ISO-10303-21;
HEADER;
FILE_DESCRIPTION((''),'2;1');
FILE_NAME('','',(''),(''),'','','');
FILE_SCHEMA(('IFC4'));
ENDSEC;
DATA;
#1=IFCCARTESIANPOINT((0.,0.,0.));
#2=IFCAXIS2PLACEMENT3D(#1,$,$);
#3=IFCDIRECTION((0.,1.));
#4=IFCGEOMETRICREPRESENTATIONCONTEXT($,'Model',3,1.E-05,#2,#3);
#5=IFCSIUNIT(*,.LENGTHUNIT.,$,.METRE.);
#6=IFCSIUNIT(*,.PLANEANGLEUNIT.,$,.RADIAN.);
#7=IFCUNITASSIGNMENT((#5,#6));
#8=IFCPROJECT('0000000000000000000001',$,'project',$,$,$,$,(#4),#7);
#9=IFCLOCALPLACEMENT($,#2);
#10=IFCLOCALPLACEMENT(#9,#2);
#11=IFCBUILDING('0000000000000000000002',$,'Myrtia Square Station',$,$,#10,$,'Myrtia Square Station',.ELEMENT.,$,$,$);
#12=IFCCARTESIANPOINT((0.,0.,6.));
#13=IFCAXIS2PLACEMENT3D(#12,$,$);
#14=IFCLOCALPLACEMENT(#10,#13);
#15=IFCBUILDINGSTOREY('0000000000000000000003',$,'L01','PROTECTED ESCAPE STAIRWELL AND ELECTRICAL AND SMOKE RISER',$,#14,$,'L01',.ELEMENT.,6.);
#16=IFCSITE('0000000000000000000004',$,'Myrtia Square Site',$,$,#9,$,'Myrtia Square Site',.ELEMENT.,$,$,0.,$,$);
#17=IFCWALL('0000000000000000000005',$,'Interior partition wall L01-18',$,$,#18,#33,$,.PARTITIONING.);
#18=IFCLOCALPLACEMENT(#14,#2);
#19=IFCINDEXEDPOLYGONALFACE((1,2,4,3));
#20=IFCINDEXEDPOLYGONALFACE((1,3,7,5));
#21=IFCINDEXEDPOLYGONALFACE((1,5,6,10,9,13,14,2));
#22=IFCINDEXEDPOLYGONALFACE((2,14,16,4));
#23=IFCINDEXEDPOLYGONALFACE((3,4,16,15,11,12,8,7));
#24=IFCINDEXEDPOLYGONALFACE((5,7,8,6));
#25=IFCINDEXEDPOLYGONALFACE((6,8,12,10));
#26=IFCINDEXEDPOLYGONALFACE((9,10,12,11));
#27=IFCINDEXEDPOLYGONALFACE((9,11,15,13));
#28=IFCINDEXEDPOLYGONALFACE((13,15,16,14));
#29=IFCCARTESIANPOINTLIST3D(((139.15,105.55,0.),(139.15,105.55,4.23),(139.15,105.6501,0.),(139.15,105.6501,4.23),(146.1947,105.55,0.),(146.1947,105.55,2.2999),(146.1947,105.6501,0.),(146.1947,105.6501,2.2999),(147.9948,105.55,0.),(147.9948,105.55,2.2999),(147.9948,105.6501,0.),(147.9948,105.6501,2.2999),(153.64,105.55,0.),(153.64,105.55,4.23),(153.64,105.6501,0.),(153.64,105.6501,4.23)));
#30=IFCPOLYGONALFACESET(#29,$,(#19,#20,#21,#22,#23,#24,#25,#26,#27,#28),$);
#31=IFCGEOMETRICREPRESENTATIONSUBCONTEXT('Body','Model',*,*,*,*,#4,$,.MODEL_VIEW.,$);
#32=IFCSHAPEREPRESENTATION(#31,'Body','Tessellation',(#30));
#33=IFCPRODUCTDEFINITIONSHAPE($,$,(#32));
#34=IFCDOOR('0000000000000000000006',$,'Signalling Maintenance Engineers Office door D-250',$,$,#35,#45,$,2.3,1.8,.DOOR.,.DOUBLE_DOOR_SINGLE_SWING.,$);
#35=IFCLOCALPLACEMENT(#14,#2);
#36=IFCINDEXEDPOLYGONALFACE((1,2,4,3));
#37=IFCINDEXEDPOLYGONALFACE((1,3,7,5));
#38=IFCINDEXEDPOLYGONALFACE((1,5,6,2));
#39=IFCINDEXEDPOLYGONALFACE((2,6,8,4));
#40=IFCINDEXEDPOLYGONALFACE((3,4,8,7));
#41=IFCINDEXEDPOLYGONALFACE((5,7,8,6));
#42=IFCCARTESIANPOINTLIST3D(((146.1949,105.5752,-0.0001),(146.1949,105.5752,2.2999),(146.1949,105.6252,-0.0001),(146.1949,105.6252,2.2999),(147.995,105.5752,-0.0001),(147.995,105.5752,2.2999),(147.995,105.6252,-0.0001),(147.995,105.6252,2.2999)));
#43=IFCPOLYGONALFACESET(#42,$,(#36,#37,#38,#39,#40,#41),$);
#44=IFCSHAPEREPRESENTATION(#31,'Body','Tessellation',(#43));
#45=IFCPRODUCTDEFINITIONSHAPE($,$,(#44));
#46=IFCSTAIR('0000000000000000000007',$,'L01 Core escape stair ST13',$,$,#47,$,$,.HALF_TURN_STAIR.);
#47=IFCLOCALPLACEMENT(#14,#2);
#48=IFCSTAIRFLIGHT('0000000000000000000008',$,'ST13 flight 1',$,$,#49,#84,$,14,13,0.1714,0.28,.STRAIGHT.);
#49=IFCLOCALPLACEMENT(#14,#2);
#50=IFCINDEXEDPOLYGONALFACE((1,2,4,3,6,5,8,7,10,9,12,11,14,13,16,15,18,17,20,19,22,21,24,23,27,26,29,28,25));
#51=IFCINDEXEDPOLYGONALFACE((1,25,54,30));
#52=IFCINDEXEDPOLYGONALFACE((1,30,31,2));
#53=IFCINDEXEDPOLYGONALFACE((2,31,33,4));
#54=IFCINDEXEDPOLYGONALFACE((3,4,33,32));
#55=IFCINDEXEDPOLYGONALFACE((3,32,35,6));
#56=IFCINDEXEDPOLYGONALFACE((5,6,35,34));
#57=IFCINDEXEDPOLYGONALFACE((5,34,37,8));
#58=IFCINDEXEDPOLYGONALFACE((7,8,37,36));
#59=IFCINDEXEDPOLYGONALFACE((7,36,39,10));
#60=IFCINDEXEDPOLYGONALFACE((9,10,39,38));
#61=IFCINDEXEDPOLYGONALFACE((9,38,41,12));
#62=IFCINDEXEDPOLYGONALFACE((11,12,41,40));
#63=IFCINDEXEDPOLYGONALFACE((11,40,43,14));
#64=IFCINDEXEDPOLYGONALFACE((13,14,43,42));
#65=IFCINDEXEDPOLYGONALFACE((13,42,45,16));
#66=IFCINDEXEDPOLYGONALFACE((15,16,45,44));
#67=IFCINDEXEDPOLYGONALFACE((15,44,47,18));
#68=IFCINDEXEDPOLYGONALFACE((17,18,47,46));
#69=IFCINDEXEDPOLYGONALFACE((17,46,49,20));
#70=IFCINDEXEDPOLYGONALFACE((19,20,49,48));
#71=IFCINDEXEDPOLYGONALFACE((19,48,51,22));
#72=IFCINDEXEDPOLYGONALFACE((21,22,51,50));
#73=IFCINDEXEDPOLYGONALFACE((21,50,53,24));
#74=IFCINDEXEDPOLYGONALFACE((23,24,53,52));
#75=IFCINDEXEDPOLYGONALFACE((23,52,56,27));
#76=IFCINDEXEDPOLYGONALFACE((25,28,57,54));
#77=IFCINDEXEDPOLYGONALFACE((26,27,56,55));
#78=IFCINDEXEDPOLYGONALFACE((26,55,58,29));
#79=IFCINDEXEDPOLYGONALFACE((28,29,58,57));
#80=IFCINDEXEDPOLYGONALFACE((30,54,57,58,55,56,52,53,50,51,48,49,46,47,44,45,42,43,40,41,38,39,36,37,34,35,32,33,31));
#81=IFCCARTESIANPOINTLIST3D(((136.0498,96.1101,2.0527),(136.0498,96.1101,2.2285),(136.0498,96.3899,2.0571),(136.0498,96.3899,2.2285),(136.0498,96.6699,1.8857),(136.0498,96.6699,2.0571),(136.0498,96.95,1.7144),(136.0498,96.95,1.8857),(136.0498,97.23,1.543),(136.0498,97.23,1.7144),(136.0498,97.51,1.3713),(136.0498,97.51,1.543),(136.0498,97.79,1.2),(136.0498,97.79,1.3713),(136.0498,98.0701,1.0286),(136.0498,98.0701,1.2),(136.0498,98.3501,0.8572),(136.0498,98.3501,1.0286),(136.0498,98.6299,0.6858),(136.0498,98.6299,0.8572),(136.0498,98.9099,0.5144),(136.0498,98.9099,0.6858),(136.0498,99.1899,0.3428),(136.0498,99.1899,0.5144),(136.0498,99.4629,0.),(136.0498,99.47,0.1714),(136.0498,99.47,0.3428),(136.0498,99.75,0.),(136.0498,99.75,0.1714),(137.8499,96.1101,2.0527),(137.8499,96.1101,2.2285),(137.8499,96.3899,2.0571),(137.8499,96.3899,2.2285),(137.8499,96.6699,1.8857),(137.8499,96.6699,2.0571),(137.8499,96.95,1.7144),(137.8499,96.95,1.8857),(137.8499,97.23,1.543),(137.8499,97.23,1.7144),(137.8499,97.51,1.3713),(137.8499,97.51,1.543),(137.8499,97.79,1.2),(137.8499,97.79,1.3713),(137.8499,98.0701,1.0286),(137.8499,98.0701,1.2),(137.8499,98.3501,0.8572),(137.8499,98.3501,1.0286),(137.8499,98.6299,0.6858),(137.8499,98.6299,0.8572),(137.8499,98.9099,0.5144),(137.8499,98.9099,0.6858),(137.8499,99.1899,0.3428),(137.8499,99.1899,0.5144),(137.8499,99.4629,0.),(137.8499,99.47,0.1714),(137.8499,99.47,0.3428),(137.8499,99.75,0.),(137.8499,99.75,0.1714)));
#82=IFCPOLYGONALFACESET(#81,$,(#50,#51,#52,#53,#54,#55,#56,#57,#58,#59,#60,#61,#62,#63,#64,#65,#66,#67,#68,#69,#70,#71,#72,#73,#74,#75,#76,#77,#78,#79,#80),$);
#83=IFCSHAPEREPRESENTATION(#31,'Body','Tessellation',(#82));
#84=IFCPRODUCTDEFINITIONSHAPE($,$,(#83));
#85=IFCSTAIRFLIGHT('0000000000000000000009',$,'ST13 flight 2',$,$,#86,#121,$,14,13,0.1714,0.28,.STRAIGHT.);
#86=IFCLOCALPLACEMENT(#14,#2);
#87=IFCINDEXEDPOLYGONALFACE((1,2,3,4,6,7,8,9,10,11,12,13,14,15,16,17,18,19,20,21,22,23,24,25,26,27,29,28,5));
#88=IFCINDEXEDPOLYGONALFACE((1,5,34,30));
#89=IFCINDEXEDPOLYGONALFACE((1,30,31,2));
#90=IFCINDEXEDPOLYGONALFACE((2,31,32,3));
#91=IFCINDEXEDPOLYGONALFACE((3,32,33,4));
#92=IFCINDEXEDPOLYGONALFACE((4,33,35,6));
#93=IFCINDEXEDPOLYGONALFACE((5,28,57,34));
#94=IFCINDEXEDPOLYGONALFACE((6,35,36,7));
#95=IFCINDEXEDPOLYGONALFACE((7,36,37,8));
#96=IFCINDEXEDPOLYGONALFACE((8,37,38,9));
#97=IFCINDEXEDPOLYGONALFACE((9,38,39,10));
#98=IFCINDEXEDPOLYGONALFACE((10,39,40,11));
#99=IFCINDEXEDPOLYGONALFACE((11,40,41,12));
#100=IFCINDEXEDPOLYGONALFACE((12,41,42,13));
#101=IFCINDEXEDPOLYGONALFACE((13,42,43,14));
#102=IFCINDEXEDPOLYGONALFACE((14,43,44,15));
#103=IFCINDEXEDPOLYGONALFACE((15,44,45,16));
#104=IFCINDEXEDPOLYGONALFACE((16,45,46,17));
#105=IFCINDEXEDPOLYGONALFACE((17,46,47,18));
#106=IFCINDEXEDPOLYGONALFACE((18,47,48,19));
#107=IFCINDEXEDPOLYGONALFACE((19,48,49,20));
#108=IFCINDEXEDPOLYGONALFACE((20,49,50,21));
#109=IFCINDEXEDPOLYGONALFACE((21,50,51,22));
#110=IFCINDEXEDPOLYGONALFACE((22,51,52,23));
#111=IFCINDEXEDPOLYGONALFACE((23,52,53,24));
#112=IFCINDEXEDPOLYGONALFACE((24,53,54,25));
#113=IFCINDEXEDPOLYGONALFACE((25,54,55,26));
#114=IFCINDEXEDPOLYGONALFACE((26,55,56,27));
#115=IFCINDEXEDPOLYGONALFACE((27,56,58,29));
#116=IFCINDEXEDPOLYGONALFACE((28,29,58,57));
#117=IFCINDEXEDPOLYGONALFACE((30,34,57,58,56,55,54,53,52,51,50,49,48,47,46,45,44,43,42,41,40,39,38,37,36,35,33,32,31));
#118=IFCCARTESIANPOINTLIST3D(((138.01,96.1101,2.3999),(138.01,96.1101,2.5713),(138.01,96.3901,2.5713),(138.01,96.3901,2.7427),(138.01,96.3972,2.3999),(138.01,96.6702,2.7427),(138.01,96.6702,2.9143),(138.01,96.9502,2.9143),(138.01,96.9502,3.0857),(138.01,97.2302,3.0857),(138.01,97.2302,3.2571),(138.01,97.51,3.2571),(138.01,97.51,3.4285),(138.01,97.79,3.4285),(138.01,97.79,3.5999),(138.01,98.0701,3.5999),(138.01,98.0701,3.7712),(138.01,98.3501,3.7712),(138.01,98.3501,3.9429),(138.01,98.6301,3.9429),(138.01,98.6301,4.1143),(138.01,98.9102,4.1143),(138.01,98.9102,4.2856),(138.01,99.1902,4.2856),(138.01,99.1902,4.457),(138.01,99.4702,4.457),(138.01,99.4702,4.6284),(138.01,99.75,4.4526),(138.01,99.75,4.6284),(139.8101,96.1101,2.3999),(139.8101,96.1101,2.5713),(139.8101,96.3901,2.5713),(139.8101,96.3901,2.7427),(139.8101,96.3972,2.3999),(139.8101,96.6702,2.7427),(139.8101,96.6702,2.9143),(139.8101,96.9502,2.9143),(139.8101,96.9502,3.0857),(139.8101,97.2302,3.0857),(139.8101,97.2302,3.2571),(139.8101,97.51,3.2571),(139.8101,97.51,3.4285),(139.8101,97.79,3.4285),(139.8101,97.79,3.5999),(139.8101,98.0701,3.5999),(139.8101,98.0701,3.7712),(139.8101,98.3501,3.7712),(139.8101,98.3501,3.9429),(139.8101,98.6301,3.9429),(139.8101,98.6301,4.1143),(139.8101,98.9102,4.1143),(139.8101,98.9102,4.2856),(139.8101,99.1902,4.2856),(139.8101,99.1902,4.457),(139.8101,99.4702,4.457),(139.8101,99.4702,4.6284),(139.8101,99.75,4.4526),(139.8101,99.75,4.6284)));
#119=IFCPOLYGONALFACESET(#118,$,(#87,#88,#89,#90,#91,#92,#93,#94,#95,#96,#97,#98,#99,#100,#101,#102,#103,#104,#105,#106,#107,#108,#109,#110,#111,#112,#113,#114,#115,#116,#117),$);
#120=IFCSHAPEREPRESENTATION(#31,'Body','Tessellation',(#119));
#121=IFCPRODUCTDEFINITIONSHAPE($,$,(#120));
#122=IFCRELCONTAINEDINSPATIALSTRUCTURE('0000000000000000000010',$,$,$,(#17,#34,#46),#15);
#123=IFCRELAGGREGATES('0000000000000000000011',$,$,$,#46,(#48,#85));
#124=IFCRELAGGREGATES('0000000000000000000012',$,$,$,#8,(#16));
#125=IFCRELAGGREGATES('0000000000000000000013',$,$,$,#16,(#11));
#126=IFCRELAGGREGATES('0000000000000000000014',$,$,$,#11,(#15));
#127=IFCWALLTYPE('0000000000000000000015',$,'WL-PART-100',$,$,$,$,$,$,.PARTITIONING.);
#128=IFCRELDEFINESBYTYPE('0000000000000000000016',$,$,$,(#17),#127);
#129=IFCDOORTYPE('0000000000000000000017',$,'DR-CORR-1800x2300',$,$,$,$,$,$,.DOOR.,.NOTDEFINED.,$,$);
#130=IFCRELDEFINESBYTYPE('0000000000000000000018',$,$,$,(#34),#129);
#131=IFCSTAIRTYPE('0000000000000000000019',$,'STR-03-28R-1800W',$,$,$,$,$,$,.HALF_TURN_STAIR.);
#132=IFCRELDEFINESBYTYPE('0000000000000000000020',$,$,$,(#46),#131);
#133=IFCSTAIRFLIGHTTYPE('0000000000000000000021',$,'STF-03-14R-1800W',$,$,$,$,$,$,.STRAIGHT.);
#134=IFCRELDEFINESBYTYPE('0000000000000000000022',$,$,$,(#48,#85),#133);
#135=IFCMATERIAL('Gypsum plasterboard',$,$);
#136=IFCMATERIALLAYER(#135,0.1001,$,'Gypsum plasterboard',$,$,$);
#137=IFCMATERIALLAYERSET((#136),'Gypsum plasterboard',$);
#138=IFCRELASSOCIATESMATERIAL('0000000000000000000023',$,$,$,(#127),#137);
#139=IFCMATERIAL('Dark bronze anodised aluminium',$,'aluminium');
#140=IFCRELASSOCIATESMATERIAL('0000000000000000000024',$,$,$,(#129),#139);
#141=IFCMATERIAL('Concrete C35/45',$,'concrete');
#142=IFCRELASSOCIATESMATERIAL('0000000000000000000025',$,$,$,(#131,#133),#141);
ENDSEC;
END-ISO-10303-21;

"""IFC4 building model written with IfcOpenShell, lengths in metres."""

from ifc_helpers import new_model, si_unit, direction, frame, frame_2d, origin, place, context, subcontext, project, spatial, polyline, rectangle, outline, extrude, material, layer, layer_set, type_object, element, fill, aggregate, save


model = new_model("IFC4")

# Units and contexts
model_context = context("Model", 3, precision=1e-05, world=origin(), true_north=direction((0.0, 1.0)))
body_context = subcontext(model_context, "Body", "Model", "MODEL_VIEW")
ifc_project = project(units=[si_unit("LENGTHUNIT", "METRE"), si_unit("PLANEANGLEUNIT", "RADIAN")], contexts=[model_context])

# Site, building, storey
site_placement = place(None, origin())
site = spatial("IfcSite", under=ifc_project, at=site_placement, Name="Myrtia Square Site", LongName="Myrtia Square Site", CompositionType="ELEMENT", RefElevation=0.0)
building_placement = place(site_placement, origin())
building = spatial("IfcBuilding", under=site, at=building_placement, Name="Myrtia Square Station", LongName="Myrtia Square Station", CompositionType="ELEMENT")
storey_placement = place(building_placement, frame((0.0, 0.0, 6.0)))
storey = spatial("IfcBuildingStorey", under=building, at=storey_placement, Name="L01", Description="PROTECTED ESCAPE STAIRWELL AND ELECTRICAL AND SMOKE RISER", LongName="L01", CompositionType="ELEMENT", Elevation=6.0)

# Shared definitions
ifc_material_1 = material(Name="Concrete C35/45", Category="concrete")
ifc_material_2 = material(Name="Dark bronze anodised aluminium", Category="aluminium")

# Wall, opening, door
ifc_material_3 = material(Name="Gypsum plasterboard")
ifc_layer_1 = layer(ifc_material_3, 0.1001, Name="Gypsum plasterboard")
ifc_layer_set_1 = layer_set([ifc_layer_1], Name="Gypsum plasterboard")
wall_type_1 = type_object("IfcWallType", Name="WL-PART-100", PredefinedType="PARTITIONING", material=ifc_layer_set_1)
wall_1_placement = place(storey_placement, frame((139.1499, 105.6001, 0.0), z_axis=(0.0, 0.0, 1.0), x_axis=(1.0, 0.0, 0.0)))
wall_1 = element("IfcWall", 1, at=wall_1_placement, inside=storey, type_object=wall_type_1, Name="Interior partition wall L01-18", PredefinedType="PARTITIONING", context=body_context, shape_type="SweptSolid", body=[
    extrude(rectangle(XDim=14.49, YDim=0.1001, at=frame_2d((7.2451, 0.0))), origin(), (0.0, 0.0, 1.0), 4.23),
])
opening_1_placement = place(wall_1_placement, frame((7.0449, 0.0, 0.0)))
opening_1 = element("IfcOpeningElement", 2, at=opening_1_placement, cuts=wall_1, PredefinedType="OPENING", context=body_context, shape_type="SweptSolid", body=[
    extrude(rectangle(XDim=1.8, YDim=2.3, at=frame_2d((0.8999, 1.1499))), frame((0.0, 0.0649, 0.0), z_axis=(0.0, -1.0, 0.0), x_axis=(1.0, 0.0, 0.0)), (0.0, 0.0, 1.0), 0.1301),
])
door_type_1 = type_object("IfcDoorType", Name="DR-CORR-1800x2300", OperationType="NOTDEFINED", PredefinedType="DOOR", material=ifc_material_2)
door_1_placement = place(opening_1_placement, frame((1.8, 0.0, 0.0), z_axis=(0.0, 0.0, 1.0), x_axis=(-1.0, 0.0, 0.0)))
door_1 = element("IfcDoor", 3, at=door_1_placement, inside=storey, type_object=door_type_1, Name="Signalling Maintenance Engineers Office door D-250", OperationType="DOUBLE_DOOR_SINGLE_SWING", OverallHeight=2.3, OverallWidth=1.8, PredefinedType="DOOR", context=body_context, shape_type="SweptSolid", body=[
    extrude(rectangle(XDim=1.8, YDim=2.3, at=frame_2d((0.8999, 1.1499))), frame((0.0, 0.0249, 0.0), z_axis=(0.0, -1.0, 0.0), x_axis=(1.0, 0.0, 0.0)), (0.0, 0.0, 1.0), 0.05),
])
fill(opening_1, door_1)

# Stair, stair flights
stair_type = type_object("IfcStairType", Name="STR-03-28R-1800W", PredefinedType="HALF_TURN_STAIR", material=ifc_material_1)
stair_placement = place(storey_placement, origin())
stair = element("IfcStair", 4, at=stair_placement, inside=storey, type_object=stair_type, Name="L01 Core escape stair ST13", PredefinedType="HALF_TURN_STAIR")
stair_flight_type = type_object("IfcStairFlightType", Name="STF-03-14R-1800W", PredefinedType="STRAIGHT", material=ifc_material_1)
stair_flight_1_placement = place(storey_placement, frame((136.95, 99.75, 0.0), z_axis=(0.0, 0.0, 1.0), x_axis=(0.0, -1.0, 0.0)))
stair_flight_1 = element("IfcStairFlight", 5, at=stair_flight_1_placement, type_object=stair_flight_type, Name="ST13 flight 1", NumberOfRisers=14, NumberOfTreads=13, PredefinedType="STRAIGHT", RiserHeight=0.1714, TreadLength=0.28, context=body_context, shape_type="SweptSolid", body=[
    extrude(outline(polyline([(0.0, 0.0), (0.0, 0.1714), (0.28, 0.1714), (0.28, 0.3428), (0.5601, 0.3428), (0.5601, 0.5144), (0.8401, 0.5144), (0.8401, 0.6858), (1.1201, 0.6858), (1.1201, 0.8572), (1.3999, 0.8572), (1.3999, 1.0286), (1.6799, 1.0286), (1.6799, 1.2), (1.96, 1.2), (1.96, 1.3713), (2.24, 1.3713), (2.24, 1.543), (2.52, 1.543), (2.52, 1.7144), (2.8, 1.7144), (2.8, 1.8857), (3.0801, 1.8857), (3.0801, 2.0571), (3.3601, 2.0571), (3.3601, 2.2285), (3.6399, 2.2285), (3.6399, 2.3999), (3.6399, 2.0527), (0.2871, 0.0), (0.0, 0.0)])), frame((0.0, 0.8999, 0.0), z_axis=(0.0, -1.0, 0.0), x_axis=(1.0, 0.0, 0.0)), (0.0, 0.0, 1.0), 1.8),
])
stair_flight_2_placement = place(storey_placement, frame((138.9099, 96.1101, 2.3999), z_axis=(0.0, 0.0, 1.0), x_axis=(0.0, 1.0, 0.0)))
stair_flight_2 = element("IfcStairFlight", 6, at=stair_flight_2_placement, type_object=stair_flight_type, Name="ST13 flight 2", NumberOfRisers=14, NumberOfTreads=13, PredefinedType="STRAIGHT", RiserHeight=0.1714, TreadLength=0.28, context=body_context, shape_type="SweptSolid", body=[
    extrude(outline(polyline([(0.0, 0.0), (0.0, 0.1714), (0.28, 0.1714), (0.28, 0.3428), (0.5601, 0.3428), (0.5601, 0.5144), (0.8401, 0.5144), (0.8401, 0.6858), (1.1201, 0.6858), (1.1201, 0.8572), (1.3999, 0.8572), (1.3999, 1.0286), (1.6799, 1.0286), (1.6799, 1.2), (1.96, 1.2), (1.96, 1.3713), (2.24, 1.3713), (2.24, 1.543), (2.52, 1.543), (2.52, 1.7144), (2.8, 1.7144), (2.8, 1.8857), (3.0801, 1.8857), (3.0801, 2.0571), (3.3601, 2.0571), (3.3601, 2.2285), (3.6399, 2.2285), (3.6399, 2.3999), (3.6399, 2.0527), (0.2871, 0.0), (0.0, 0.0)])), frame((0.0, 0.8999, 0.0), z_axis=(0.0, -1.0, 0.0), x_axis=(1.0, 0.0, 0.0)), (0.0, 0.0, 1.0), 1.8),
])
aggregate(stair, [stair_flight_1, stair_flight_2])

save(model, "model.ifc")
